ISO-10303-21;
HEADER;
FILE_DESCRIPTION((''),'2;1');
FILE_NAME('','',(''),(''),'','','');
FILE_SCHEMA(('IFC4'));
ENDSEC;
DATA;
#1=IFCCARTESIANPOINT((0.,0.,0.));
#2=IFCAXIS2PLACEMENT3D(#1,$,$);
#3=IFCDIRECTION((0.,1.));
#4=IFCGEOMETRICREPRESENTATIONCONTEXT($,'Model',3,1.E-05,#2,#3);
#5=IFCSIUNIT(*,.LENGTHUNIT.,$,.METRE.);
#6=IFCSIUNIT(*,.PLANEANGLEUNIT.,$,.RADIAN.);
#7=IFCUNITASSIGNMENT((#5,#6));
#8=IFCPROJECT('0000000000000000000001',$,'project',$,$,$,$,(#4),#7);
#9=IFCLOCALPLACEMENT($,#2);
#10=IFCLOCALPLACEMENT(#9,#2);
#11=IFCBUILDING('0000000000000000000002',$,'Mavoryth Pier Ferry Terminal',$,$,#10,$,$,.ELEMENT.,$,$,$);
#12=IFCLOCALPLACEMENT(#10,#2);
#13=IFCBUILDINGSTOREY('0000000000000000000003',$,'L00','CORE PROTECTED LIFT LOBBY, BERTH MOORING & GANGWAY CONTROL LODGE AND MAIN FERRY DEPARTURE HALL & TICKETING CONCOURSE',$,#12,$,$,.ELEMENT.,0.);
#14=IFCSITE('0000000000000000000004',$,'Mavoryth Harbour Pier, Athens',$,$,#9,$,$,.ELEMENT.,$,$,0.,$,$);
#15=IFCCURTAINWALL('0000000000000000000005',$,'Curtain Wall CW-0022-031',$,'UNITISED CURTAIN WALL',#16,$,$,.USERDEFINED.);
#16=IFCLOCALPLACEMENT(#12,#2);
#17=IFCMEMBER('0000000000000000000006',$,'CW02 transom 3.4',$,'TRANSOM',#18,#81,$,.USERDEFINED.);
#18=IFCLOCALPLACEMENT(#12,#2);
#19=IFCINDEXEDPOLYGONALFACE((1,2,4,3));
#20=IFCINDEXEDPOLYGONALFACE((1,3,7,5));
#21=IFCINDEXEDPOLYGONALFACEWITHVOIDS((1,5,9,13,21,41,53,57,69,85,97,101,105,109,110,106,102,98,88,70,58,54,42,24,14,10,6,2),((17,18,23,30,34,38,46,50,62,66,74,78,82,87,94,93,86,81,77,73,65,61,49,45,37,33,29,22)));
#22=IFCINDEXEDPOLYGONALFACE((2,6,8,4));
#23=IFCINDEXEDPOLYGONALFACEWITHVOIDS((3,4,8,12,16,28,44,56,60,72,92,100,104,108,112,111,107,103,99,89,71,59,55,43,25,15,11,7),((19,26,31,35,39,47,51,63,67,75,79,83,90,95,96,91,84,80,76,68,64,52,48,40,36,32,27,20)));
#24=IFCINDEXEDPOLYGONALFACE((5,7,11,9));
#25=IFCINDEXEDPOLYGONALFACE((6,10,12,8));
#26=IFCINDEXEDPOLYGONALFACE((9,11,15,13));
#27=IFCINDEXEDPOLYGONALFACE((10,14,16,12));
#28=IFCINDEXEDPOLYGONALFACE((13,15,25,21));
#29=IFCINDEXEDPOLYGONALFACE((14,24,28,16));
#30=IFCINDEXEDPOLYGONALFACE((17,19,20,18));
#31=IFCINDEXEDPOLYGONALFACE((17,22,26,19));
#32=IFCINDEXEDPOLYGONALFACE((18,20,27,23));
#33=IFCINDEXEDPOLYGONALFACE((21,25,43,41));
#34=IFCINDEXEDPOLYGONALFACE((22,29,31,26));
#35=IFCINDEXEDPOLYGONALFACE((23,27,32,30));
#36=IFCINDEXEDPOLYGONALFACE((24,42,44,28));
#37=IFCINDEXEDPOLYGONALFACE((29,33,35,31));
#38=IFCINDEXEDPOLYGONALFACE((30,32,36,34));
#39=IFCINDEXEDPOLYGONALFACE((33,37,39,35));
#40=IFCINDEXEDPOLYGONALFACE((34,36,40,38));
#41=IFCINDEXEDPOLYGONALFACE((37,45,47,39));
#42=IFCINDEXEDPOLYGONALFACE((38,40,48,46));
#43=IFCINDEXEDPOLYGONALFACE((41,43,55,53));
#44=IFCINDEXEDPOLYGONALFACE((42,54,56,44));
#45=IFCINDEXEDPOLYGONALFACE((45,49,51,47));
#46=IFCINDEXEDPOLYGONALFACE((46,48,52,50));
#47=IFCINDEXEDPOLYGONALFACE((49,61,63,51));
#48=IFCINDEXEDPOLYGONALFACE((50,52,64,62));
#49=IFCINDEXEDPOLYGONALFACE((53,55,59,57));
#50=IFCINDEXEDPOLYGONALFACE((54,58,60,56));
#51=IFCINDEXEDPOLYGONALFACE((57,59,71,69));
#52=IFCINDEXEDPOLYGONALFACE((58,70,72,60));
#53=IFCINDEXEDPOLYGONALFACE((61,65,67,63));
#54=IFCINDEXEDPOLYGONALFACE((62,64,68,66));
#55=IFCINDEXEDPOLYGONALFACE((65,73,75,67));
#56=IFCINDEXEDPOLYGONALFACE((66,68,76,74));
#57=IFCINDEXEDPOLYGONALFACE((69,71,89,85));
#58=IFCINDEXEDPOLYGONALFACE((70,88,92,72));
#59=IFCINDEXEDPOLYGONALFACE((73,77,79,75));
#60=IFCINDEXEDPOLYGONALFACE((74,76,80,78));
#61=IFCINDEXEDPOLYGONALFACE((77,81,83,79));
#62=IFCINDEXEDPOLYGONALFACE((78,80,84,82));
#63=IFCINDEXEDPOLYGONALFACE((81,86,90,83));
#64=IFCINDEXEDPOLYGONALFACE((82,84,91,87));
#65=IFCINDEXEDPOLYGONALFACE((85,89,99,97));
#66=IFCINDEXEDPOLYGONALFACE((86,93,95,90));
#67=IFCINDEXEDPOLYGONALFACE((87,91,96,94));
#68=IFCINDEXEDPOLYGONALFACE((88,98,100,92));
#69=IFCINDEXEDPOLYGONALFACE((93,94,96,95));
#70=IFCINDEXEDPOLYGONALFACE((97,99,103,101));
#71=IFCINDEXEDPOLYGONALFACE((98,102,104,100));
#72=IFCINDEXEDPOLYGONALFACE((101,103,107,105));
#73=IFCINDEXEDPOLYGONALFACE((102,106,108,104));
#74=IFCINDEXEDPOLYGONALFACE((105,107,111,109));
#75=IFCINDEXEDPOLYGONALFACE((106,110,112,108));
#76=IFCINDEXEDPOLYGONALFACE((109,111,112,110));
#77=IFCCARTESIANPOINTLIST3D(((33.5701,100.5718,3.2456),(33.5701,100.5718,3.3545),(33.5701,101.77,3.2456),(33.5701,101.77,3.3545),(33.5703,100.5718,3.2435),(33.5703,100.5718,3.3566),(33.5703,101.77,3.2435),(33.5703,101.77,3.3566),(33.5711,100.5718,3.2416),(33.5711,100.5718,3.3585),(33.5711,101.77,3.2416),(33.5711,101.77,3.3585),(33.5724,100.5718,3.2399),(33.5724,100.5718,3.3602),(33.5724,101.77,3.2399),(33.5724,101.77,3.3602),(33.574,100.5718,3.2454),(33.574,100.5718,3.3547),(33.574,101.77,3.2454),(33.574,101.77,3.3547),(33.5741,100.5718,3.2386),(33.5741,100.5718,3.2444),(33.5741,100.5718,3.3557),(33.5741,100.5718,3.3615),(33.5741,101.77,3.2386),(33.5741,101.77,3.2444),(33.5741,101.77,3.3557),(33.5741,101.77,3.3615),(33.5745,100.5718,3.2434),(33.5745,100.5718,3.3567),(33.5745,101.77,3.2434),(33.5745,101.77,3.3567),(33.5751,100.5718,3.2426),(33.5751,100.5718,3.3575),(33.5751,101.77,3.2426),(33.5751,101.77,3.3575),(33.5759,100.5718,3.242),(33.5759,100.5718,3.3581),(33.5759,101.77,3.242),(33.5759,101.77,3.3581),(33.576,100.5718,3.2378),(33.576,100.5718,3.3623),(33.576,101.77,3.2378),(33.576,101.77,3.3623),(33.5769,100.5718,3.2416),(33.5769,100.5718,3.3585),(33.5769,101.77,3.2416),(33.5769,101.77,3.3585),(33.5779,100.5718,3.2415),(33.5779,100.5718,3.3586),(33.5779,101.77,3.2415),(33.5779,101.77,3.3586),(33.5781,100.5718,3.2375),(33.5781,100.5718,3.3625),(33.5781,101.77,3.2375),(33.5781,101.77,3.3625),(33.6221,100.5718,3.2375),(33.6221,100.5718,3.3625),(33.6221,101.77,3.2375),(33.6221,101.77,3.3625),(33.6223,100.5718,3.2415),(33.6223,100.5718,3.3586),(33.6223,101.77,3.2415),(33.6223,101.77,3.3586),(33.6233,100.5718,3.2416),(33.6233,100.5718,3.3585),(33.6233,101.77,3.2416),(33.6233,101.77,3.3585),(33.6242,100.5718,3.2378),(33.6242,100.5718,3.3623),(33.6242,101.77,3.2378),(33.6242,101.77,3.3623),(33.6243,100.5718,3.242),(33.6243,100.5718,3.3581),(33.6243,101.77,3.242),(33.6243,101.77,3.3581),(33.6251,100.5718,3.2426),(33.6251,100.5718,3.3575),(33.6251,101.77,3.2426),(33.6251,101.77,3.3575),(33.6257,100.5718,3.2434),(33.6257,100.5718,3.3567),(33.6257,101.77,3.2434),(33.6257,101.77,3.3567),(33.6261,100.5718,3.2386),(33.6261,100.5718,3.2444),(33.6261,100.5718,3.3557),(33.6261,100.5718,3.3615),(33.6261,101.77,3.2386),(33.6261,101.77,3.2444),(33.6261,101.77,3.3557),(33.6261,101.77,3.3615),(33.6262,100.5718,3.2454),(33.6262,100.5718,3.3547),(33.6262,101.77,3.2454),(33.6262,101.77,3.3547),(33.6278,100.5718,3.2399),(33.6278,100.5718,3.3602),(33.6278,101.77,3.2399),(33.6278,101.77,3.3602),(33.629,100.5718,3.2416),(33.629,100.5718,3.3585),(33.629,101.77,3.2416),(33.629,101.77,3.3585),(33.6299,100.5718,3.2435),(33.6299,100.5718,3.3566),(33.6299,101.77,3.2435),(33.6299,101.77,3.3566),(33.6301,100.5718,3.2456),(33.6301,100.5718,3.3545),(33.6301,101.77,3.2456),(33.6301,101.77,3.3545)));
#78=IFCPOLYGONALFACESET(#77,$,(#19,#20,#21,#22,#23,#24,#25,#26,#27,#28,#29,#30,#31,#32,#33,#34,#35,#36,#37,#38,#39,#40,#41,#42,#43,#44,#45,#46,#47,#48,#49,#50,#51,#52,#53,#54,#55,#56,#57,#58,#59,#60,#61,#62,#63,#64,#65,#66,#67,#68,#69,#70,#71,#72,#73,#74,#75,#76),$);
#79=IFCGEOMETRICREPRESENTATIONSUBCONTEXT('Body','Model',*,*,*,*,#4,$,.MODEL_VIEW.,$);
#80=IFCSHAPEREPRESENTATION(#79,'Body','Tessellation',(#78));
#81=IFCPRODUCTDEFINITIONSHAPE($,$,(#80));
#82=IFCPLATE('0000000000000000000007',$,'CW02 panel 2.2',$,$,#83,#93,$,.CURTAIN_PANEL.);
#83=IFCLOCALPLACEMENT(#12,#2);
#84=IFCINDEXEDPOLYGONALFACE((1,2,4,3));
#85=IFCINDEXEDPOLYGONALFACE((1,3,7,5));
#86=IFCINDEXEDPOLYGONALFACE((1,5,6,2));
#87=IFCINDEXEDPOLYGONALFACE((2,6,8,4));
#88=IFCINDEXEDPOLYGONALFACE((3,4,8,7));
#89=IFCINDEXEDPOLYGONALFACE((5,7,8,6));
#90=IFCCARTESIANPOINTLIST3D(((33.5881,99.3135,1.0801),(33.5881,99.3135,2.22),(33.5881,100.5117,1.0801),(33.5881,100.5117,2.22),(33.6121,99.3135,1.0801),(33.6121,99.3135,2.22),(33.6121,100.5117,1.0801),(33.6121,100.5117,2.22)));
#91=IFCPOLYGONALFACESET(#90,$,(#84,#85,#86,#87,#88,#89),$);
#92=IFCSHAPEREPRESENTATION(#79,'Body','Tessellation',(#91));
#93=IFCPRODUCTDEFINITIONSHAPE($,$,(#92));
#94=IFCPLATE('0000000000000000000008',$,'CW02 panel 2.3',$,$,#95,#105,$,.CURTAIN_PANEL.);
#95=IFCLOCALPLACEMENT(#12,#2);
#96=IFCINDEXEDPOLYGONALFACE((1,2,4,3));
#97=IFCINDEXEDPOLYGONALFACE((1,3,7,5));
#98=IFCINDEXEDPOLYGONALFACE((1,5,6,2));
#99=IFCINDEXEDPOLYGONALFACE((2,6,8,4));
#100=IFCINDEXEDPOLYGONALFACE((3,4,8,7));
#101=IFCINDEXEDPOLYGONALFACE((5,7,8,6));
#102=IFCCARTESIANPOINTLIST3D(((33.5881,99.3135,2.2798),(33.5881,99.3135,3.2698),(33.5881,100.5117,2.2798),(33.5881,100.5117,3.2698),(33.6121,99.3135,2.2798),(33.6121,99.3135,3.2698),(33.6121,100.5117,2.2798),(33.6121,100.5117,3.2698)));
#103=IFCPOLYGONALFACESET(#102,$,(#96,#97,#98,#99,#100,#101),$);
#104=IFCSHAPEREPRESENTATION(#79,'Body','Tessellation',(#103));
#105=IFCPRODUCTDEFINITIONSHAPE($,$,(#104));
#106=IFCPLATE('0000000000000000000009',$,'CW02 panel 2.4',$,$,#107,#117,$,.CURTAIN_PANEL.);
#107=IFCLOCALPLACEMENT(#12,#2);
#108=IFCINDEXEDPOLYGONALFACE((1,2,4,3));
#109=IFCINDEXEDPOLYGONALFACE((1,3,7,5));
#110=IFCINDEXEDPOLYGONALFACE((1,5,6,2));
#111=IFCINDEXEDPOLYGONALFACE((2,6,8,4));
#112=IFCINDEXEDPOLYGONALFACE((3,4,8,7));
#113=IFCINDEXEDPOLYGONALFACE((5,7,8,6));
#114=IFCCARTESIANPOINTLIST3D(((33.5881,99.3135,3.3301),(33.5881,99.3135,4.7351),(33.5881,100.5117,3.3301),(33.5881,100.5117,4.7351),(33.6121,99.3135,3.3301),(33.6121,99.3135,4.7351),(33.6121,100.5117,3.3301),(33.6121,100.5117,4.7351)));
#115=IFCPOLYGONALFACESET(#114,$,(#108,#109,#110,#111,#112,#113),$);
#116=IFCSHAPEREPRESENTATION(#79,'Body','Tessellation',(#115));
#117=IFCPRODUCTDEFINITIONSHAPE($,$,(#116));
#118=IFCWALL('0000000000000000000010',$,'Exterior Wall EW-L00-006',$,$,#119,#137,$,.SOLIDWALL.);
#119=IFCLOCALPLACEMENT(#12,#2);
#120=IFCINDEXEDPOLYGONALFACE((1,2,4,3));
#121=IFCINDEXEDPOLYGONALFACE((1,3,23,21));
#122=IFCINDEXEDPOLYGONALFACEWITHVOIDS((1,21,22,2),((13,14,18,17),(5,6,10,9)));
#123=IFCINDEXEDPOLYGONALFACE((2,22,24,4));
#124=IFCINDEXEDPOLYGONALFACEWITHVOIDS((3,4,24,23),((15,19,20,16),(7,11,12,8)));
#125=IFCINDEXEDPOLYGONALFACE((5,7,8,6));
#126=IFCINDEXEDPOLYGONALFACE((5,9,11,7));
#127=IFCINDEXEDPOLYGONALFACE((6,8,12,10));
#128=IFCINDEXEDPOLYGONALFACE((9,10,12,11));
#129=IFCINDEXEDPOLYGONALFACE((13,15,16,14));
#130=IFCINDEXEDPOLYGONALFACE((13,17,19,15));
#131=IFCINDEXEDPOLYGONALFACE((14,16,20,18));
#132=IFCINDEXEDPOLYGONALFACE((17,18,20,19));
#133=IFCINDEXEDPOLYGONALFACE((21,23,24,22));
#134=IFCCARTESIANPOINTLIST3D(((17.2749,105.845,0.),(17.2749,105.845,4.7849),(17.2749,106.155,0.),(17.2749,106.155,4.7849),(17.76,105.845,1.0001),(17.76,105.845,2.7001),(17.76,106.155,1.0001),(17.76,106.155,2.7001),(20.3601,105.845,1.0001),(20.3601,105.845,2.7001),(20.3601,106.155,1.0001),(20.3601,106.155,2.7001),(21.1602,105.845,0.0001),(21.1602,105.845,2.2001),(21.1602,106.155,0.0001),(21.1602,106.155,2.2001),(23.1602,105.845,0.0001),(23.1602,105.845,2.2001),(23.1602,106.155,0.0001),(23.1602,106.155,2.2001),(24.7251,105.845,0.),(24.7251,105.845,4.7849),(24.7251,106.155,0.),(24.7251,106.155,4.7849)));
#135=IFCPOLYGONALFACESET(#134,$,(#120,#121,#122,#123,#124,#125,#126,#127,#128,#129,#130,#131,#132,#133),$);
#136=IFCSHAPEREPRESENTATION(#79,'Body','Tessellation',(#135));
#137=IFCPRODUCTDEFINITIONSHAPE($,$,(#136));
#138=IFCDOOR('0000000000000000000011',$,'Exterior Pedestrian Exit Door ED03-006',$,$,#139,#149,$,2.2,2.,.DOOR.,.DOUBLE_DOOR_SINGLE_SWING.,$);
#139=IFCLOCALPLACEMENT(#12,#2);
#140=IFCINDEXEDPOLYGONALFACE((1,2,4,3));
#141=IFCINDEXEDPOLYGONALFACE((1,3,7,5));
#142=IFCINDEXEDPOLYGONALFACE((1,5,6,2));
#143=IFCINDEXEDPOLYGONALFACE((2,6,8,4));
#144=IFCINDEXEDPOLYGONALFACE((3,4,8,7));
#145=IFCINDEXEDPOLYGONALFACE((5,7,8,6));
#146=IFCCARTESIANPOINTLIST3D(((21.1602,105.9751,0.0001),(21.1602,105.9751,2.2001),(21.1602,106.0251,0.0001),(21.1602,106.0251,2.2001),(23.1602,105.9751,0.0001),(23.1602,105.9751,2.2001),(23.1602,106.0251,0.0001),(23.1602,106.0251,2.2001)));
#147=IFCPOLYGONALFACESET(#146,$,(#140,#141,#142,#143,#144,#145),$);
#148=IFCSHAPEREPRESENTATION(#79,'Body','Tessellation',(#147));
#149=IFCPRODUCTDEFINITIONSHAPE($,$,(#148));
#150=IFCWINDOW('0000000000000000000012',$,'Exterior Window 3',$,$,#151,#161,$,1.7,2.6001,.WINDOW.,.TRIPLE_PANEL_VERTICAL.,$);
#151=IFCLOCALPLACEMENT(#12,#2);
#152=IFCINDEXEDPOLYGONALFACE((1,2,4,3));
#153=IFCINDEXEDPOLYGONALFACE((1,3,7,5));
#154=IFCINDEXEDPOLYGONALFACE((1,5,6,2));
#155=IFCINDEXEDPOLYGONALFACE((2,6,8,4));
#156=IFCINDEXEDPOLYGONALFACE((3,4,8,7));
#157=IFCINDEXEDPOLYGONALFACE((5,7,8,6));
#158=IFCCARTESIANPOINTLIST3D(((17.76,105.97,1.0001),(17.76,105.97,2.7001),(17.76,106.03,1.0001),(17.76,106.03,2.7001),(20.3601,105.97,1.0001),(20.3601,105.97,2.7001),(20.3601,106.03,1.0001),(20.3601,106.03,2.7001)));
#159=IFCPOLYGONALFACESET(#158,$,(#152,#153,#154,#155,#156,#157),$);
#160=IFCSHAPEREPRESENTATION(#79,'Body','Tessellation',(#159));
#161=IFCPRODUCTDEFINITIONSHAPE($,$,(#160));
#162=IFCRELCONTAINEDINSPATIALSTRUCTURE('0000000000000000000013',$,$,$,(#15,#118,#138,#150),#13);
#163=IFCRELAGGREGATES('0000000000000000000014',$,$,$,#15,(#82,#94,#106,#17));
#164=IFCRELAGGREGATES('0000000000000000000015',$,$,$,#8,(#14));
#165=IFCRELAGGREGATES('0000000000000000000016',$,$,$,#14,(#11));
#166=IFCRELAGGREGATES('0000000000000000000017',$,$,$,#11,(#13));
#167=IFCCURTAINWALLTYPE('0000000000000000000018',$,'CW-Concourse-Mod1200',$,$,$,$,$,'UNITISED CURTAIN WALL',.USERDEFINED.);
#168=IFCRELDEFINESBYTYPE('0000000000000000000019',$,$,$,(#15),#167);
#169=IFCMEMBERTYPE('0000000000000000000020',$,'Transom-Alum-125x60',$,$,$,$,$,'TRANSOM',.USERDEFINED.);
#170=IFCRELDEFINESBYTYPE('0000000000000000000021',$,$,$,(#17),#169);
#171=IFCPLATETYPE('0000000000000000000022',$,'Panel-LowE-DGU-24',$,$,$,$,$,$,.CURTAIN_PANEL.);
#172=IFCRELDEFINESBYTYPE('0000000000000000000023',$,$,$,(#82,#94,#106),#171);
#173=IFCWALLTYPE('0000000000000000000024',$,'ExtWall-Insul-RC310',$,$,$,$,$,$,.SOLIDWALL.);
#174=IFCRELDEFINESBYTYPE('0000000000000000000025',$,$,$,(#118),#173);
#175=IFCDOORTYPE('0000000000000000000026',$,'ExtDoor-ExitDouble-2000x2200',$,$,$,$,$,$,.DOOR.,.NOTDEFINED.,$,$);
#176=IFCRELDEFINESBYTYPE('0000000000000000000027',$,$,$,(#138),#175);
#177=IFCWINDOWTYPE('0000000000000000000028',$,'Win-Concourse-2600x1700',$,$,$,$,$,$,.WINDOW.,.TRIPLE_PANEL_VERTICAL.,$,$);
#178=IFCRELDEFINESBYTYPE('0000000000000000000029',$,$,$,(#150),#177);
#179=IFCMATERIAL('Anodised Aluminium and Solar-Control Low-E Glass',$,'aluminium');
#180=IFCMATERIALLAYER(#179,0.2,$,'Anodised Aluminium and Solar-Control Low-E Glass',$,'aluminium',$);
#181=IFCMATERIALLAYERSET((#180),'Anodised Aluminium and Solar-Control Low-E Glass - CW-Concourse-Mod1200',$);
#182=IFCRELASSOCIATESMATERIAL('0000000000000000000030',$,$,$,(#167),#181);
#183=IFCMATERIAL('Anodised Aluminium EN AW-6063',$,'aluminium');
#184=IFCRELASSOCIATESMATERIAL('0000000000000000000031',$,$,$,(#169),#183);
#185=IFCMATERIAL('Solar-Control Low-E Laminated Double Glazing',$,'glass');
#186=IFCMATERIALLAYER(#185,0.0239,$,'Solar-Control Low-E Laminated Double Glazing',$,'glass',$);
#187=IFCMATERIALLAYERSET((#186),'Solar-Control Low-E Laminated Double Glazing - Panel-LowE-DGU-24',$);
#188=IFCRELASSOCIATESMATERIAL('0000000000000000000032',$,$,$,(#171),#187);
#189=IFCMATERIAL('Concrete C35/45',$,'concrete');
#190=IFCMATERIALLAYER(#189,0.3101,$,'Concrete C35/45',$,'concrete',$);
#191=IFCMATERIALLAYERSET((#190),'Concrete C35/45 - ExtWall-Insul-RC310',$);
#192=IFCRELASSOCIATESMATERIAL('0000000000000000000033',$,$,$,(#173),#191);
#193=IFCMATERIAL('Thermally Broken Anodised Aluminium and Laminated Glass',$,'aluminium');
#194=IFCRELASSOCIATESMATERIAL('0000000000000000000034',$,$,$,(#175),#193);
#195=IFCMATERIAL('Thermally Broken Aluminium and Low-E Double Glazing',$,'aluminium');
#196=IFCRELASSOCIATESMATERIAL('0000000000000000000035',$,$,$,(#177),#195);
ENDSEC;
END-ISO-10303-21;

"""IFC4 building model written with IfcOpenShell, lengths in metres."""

from ifc_helpers import new_model, si_unit, direction, frame, frame_2d, origin, origin_2d, place, context, subcontext, project, spatial, rectangle, hollow_rectangle, extrude, material, layer, layer_set, material_profile, profile_set, type_object, element, fill, aggregate, save


model = new_model("IFC4")

# Units and contexts
model_context = context("Model", 3, precision=1e-05, world=origin(), true_north=direction((0.0, 1.0)))
body_context = subcontext(model_context, "Body", "Model", "MODEL_VIEW")
ifc_project = project(units=[si_unit("LENGTHUNIT", "METRE"), si_unit("PLANEANGLEUNIT", "RADIAN")], contexts=[model_context])

# Site, building, storey
site_placement = place(None, origin())
site = spatial("IfcSite", under=ifc_project, at=site_placement, Name="Mavoryth Harbour Pier, Athens", CompositionType="ELEMENT", RefElevation=0.0)
building_placement = place(site_placement, origin())
building = spatial("IfcBuilding", under=site, at=building_placement, Name="Mavoryth Pier Ferry Terminal", CompositionType="ELEMENT")
storey_placement = place(building_placement, origin())
storey = spatial("IfcBuildingStorey", under=building, at=storey_placement, Name="L00", Description="CORE PROTECTED LIFT LOBBY, BERTH MOORING & GANGWAY CONTROL LODGE AND MAIN FERRY DEPARTURE HALL & TICKETING CONCOURSE", CompositionType="ELEMENT", Elevation=0.0)

# Shared definitions
ifc_material_1 = material(Name="Concrete C35/45", Category="concrete")

# Curtain wall, member, plates
ifc_material_2 = material(Name="Anodised Aluminium and Solar-Control Low-E Glass", Category="aluminium")
ifc_layer_1 = layer(ifc_material_2, 0.2, Name="Anodised Aluminium and Solar-Control Low-E Glass", Category="aluminium")
ifc_layer_set_1 = layer_set([ifc_layer_1], Name="Anodised Aluminium and Solar-Control Low-E Glass - CW-Concourse-Mod1200")
curtain_wall_type = type_object("IfcCurtainWallType", Name="CW-Concourse-Mod1200", ElementType="UNITISED CURTAIN WALL", PredefinedType="USERDEFINED", material=ifc_layer_set_1)
curtain_wall_placement = place(storey_placement, origin())
curtain_wall = element("IfcCurtainWall", 1, at=curtain_wall_placement, inside=storey, type_object=curtain_wall_type, Name="Curtain Wall CW-0022-031", ObjectType="UNITISED CURTAIN WALL", PredefinedType="USERDEFINED")
ifc_material_3 = material(Name="Anodised Aluminium EN AW-6063", Category="aluminium")
ifc_material_profile_1 = material_profile(ifc_material_3, hollow_rectangle(XDim=0.0601, YDim=0.125, WallThickness=0.0039, InnerFilletRadius=0.0039, OuterFilletRadius=0.0081, at=origin_2d()), Name="AL-TRAN 125x60x4", Category="aluminium")
ifc_profile_set_1 = profile_set([ifc_material_profile_1], Name="Anodised Aluminium EN AW-6063 - AL-TRAN 125x60x4")
member_type_1 = type_object("IfcMemberType", Name="Transom-Alum-125x60", ElementType="TRANSOM", PredefinedType="USERDEFINED", material=ifc_profile_set_1)
member_1_placement = place(storey_placement, frame((33.6001, 100.5718, 3.3), z_axis=(0.0, 1.0, 0.0), x_axis=(-1.0, 0.0, 0.0)))
member_1 = element("IfcMember", 2, at=member_1_placement, type_object=member_type_1, Name="CW02 transom 3.4", ObjectType="TRANSOM", PredefinedType="USERDEFINED", context=body_context, shape_type="SweptSolid", body=[
    extrude(hollow_rectangle(XDim=0.0601, YDim=0.125, WallThickness=0.0039, InnerFilletRadius=0.0039, OuterFilletRadius=0.0081, at=origin_2d()), origin(), (0.0, 0.0, 1.0), 1.1982),
])
ifc_material_4 = material(Name="Solar-Control Low-E Laminated Double Glazing", Category="glass")
ifc_layer_2 = layer(ifc_material_4, 0.0239, Name="Solar-Control Low-E Laminated Double Glazing", Category="glass")
ifc_layer_set_2 = layer_set([ifc_layer_2], Name="Solar-Control Low-E Laminated Double Glazing - Panel-LowE-DGU-24")
plate_type = type_object("IfcPlateType", Name="Panel-LowE-DGU-24", PredefinedType="CURTAIN_PANEL", material=ifc_layer_set_2)
plate_1_placement = place(storey_placement, frame((33.6001, 99.9126, 1.0801), z_axis=(0.0, 0.0, 1.0), x_axis=(0.0, 1.0, 0.0)))
plate_1 = element("IfcPlate", 3, at=plate_1_placement, type_object=plate_type, Name="CW02 panel 2.2", PredefinedType="CURTAIN_PANEL", context=body_context, shape_type="SweptSolid", body=[
    extrude(rectangle(XDim=1.1982, YDim=0.0239, at=origin_2d()), origin(), (0.0, 0.0, 1.0), 1.1399),
])
plate_2_placement = place(storey_placement, frame((33.6001, 99.9126, 2.2798), z_axis=(0.0, 0.0, 1.0), x_axis=(0.0, 1.0, 0.0)))
plate_2 = element("IfcPlate", 4, at=plate_2_placement, type_object=plate_type, Name="CW02 panel 2.3", PredefinedType="CURTAIN_PANEL", context=body_context, shape_type="SweptSolid", body=[
    extrude(rectangle(XDim=1.1982, YDim=0.0239, at=origin_2d()), origin(), (0.0, 0.0, 1.0), 0.99),
])
plate_3_placement = place(storey_placement, frame((33.6001, 99.9126, 3.3301), z_axis=(0.0, 0.0, 1.0), x_axis=(0.0, 1.0, 0.0)))
plate_3 = element("IfcPlate", 5, at=plate_3_placement, type_object=plate_type, Name="CW02 panel 2.4", PredefinedType="CURTAIN_PANEL", context=body_context, shape_type="SweptSolid", body=[
    extrude(rectangle(XDim=1.1982, YDim=0.0239, at=origin_2d()), origin(), (0.0, 0.0, 1.0), 1.405),
])
aggregate(curtain_wall, [plate_1, plate_2, plate_3, member_1])

# Wall, openings, door, window
ifc_layer_3 = layer(ifc_material_1, 0.3101, Name="Concrete C35/45", Category="concrete")
ifc_layer_set_3 = layer_set([ifc_layer_3], Name="Concrete C35/45 - ExtWall-Insul-RC310")
wall_type = type_object("IfcWallType", Name="ExtWall-Insul-RC310", PredefinedType="SOLIDWALL", material=ifc_layer_set_3)
wall_1_placement = place(storey_placement, frame((24.7251, 106.0, 0.0), z_axis=(0.0, 0.0, 1.0), x_axis=(-1.0, 0.0, 0.0)))
wall_1 = element("IfcWall", 6, at=wall_1_placement, inside=storey, type_object=wall_type, Name="Exterior Wall EW-L00-006", PredefinedType="SOLIDWALL", context=body_context, shape_type="SweptSolid", body=[
    extrude(rectangle(XDim=7.4502, YDim=0.3101, at=frame_2d((3.7251, 0.0))), origin(), (0.0, 0.0, 1.0), 4.7849),
])
opening_1_placement = place(wall_1_placement, frame((1.5649, 0.0, 0.0)))
opening_1 = element("IfcOpeningElement", 7, at=opening_1_placement, cuts=wall_1, PredefinedType="OPENING", context=body_context, shape_type="SweptSolid", body=[
    extrude(rectangle(XDim=2.0, YDim=2.2, at=frame_2d((1.0, 1.1001))), frame((0.0, 0.165, 0.0), z_axis=(0.0, -1.0, 0.0), x_axis=(1.0, 0.0, 0.0)), (0.0, 0.0, 1.0), 0.3301),
])
opening_2_placement = place(wall_1_placement, frame((4.365, 0.0, 1.0)))
opening_2 = element("IfcOpeningElement", 8, at=opening_2_placement, cuts=wall_1, PredefinedType="OPENING", context=body_context, shape_type="SweptSolid", body=[
    extrude(rectangle(XDim=2.6001, YDim=1.7, at=frame_2d((1.3, 0.8501))), frame((0.0, 0.165, 0.0), z_axis=(0.0, -1.0, 0.0), x_axis=(1.0, 0.0, 0.0)), (0.0, 0.0, 1.0), 0.3301),
])
ifc_material_5 = material(Name="Thermally Broken Anodised Aluminium and Laminated Glass", Category="aluminium")
door_type_1 = type_object("IfcDoorType", Name="ExtDoor-ExitDouble-2000x2200", OperationType="NOTDEFINED", PredefinedType="DOOR", material=ifc_material_5)
door_1_placement = place(opening_1_placement, origin())
door_1 = element("IfcDoor", 9, at=door_1_placement, inside=storey, type_object=door_type_1, Name="Exterior Pedestrian Exit Door ED03-006", OperationType="DOUBLE_DOOR_SINGLE_SWING", OverallHeight=2.2, OverallWidth=2.0, PredefinedType="DOOR", context=body_context, shape_type="SweptSolid", body=[
    extrude(rectangle(XDim=2.0, YDim=2.2, at=frame_2d((1.0, 1.1001))), frame((0.0, 0.0249, 0.0), z_axis=(0.0, -1.0, 0.0), x_axis=(1.0, 0.0, 0.0)), (0.0, 0.0, 1.0), 0.05),
])
fill(opening_1, door_1)
ifc_material_6 = material(Name="Thermally Broken Aluminium and Low-E Double Glazing", Category="aluminium")
window_type_1 = type_object("IfcWindowType", Name="Win-Concourse-2600x1700", PartitioningType="TRIPLE_PANEL_VERTICAL", PredefinedType="WINDOW", material=ifc_material_6)
window_1_placement = place(opening_2_placement, origin())
window_1 = element("IfcWindow", 10, at=window_1_placement, inside=storey, type_object=window_type_1, Name="Exterior Window 3", OverallHeight=1.7, OverallWidth=2.6001, PartitioningType="TRIPLE_PANEL_VERTICAL", PredefinedType="WINDOW", context=body_context, shape_type="SweptSolid", body=[
    extrude(rectangle(XDim=2.6001, YDim=1.7, at=frame_2d((1.3, 0.8501))), frame((0.0, 0.03, 0.0), z_axis=(0.0, -1.0, 0.0), x_axis=(1.0, 0.0, 0.0)), (0.0, 0.0, 1.0), 0.0601),
])
fill(opening_2, window_1)

save(model, "model.ifc")
